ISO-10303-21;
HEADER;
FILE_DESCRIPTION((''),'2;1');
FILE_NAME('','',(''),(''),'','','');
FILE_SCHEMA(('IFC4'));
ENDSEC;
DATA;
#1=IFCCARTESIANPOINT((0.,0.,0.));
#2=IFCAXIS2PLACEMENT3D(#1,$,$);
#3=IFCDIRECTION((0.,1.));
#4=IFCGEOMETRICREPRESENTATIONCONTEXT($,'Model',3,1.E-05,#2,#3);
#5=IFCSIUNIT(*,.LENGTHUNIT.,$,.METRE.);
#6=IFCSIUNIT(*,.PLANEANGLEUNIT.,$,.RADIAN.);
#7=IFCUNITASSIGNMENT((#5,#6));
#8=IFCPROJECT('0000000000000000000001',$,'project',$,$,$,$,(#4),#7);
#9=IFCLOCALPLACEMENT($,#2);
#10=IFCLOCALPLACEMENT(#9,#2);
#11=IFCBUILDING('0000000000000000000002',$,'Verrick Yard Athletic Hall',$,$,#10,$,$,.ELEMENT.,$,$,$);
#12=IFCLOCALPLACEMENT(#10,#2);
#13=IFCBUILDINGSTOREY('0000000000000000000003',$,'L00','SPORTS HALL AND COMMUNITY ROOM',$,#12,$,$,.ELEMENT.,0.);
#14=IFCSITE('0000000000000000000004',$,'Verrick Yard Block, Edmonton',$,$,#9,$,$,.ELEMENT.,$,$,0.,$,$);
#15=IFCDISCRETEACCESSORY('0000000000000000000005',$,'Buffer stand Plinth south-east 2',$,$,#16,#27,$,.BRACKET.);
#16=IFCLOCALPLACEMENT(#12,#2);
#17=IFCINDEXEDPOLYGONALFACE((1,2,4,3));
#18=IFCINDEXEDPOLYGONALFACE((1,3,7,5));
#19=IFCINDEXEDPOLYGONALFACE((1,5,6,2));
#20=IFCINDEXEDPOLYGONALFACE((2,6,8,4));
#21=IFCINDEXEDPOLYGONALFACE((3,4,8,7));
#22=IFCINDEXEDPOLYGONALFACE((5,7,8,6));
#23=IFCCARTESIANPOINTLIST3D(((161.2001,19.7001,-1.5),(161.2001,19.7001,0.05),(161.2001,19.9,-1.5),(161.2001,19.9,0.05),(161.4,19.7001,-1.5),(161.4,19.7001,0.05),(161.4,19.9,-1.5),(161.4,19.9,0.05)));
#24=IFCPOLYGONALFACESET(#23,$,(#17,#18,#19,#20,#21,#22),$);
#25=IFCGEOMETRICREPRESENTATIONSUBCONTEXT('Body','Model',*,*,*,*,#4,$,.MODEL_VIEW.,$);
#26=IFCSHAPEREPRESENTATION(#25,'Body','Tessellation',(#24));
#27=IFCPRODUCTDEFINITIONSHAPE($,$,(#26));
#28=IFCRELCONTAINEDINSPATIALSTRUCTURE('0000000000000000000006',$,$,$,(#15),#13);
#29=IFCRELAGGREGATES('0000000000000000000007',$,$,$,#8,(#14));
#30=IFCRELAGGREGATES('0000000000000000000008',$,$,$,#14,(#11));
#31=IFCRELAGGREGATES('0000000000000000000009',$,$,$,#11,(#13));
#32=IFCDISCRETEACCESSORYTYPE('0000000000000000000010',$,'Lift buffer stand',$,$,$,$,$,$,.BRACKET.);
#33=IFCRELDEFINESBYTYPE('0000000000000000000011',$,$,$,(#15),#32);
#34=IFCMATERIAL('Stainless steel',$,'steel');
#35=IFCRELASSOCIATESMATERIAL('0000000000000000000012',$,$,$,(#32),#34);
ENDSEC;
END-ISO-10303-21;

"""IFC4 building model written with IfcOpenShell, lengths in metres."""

from ifc_helpers import new_model, si_unit, direction, frame, origin, origin_2d, place, context, subcontext, project, spatial, rectangle, extrude, material, type_object, element, save


model = new_model("IFC4")

# Units and contexts
model_context = context("Model", 3, precision=1e-05, world=origin(), true_north=direction((0.0, 1.0)))
body_context = subcontext(model_context, "Body", "Model", "MODEL_VIEW")
ifc_project = project(units=[si_unit("LENGTHUNIT", "METRE"), si_unit("PLANEANGLEUNIT", "RADIAN")], contexts=[model_context])

# Site, building, storey
site_placement = place(None, origin())
site = spatial("IfcSite", under=ifc_project, at=site_placement, Name="Verrick Yard Block, Edmonton", CompositionType="ELEMENT", RefElevation=0.0)
building_placement = place(site_placement, origin())
building = spatial("IfcBuilding", under=site, at=building_placement, Name="Verrick Yard Athletic Hall", CompositionType="ELEMENT")
storey_placement = place(building_placement, origin())
storey = spatial("IfcBuildingStorey", under=building, at=storey_placement, Name="L00", Description="SPORTS HALL AND COMMUNITY ROOM", CompositionType="ELEMENT", Elevation=0.0)

# Shared definitions
ifc_material_1 = material(Name="Stainless steel", Category="steel")

# Discrete accessory
discrete_accessory_type = type_object("IfcDiscreteAccessoryType", Name="Lift buffer stand", PredefinedType="BRACKET", material=ifc_material_1)
for number, where, z_axis, x_axis, name in (
    (1, (161.3, 19.8, -1.5), (0.0, 0.0, 1.0), (1.0, 0.0, 0.0), "Buffer stand Plinth south-east 2"),
):
    element("IfcDiscreteAccessory", number, at=place(storey_placement, frame(where, z_axis=z_axis, x_axis=x_axis)), inside=storey, type_object=discrete_accessory_type, Name=name, PredefinedType="BRACKET", context=body_context, shape_type="SweptSolid", body=[
        extrude(rectangle(XDim=0.2, YDim=0.2, at=origin_2d()), origin(), (0.0, 0.0, 1.0), 1.55),
    ])

save(model, "model.ifc")
